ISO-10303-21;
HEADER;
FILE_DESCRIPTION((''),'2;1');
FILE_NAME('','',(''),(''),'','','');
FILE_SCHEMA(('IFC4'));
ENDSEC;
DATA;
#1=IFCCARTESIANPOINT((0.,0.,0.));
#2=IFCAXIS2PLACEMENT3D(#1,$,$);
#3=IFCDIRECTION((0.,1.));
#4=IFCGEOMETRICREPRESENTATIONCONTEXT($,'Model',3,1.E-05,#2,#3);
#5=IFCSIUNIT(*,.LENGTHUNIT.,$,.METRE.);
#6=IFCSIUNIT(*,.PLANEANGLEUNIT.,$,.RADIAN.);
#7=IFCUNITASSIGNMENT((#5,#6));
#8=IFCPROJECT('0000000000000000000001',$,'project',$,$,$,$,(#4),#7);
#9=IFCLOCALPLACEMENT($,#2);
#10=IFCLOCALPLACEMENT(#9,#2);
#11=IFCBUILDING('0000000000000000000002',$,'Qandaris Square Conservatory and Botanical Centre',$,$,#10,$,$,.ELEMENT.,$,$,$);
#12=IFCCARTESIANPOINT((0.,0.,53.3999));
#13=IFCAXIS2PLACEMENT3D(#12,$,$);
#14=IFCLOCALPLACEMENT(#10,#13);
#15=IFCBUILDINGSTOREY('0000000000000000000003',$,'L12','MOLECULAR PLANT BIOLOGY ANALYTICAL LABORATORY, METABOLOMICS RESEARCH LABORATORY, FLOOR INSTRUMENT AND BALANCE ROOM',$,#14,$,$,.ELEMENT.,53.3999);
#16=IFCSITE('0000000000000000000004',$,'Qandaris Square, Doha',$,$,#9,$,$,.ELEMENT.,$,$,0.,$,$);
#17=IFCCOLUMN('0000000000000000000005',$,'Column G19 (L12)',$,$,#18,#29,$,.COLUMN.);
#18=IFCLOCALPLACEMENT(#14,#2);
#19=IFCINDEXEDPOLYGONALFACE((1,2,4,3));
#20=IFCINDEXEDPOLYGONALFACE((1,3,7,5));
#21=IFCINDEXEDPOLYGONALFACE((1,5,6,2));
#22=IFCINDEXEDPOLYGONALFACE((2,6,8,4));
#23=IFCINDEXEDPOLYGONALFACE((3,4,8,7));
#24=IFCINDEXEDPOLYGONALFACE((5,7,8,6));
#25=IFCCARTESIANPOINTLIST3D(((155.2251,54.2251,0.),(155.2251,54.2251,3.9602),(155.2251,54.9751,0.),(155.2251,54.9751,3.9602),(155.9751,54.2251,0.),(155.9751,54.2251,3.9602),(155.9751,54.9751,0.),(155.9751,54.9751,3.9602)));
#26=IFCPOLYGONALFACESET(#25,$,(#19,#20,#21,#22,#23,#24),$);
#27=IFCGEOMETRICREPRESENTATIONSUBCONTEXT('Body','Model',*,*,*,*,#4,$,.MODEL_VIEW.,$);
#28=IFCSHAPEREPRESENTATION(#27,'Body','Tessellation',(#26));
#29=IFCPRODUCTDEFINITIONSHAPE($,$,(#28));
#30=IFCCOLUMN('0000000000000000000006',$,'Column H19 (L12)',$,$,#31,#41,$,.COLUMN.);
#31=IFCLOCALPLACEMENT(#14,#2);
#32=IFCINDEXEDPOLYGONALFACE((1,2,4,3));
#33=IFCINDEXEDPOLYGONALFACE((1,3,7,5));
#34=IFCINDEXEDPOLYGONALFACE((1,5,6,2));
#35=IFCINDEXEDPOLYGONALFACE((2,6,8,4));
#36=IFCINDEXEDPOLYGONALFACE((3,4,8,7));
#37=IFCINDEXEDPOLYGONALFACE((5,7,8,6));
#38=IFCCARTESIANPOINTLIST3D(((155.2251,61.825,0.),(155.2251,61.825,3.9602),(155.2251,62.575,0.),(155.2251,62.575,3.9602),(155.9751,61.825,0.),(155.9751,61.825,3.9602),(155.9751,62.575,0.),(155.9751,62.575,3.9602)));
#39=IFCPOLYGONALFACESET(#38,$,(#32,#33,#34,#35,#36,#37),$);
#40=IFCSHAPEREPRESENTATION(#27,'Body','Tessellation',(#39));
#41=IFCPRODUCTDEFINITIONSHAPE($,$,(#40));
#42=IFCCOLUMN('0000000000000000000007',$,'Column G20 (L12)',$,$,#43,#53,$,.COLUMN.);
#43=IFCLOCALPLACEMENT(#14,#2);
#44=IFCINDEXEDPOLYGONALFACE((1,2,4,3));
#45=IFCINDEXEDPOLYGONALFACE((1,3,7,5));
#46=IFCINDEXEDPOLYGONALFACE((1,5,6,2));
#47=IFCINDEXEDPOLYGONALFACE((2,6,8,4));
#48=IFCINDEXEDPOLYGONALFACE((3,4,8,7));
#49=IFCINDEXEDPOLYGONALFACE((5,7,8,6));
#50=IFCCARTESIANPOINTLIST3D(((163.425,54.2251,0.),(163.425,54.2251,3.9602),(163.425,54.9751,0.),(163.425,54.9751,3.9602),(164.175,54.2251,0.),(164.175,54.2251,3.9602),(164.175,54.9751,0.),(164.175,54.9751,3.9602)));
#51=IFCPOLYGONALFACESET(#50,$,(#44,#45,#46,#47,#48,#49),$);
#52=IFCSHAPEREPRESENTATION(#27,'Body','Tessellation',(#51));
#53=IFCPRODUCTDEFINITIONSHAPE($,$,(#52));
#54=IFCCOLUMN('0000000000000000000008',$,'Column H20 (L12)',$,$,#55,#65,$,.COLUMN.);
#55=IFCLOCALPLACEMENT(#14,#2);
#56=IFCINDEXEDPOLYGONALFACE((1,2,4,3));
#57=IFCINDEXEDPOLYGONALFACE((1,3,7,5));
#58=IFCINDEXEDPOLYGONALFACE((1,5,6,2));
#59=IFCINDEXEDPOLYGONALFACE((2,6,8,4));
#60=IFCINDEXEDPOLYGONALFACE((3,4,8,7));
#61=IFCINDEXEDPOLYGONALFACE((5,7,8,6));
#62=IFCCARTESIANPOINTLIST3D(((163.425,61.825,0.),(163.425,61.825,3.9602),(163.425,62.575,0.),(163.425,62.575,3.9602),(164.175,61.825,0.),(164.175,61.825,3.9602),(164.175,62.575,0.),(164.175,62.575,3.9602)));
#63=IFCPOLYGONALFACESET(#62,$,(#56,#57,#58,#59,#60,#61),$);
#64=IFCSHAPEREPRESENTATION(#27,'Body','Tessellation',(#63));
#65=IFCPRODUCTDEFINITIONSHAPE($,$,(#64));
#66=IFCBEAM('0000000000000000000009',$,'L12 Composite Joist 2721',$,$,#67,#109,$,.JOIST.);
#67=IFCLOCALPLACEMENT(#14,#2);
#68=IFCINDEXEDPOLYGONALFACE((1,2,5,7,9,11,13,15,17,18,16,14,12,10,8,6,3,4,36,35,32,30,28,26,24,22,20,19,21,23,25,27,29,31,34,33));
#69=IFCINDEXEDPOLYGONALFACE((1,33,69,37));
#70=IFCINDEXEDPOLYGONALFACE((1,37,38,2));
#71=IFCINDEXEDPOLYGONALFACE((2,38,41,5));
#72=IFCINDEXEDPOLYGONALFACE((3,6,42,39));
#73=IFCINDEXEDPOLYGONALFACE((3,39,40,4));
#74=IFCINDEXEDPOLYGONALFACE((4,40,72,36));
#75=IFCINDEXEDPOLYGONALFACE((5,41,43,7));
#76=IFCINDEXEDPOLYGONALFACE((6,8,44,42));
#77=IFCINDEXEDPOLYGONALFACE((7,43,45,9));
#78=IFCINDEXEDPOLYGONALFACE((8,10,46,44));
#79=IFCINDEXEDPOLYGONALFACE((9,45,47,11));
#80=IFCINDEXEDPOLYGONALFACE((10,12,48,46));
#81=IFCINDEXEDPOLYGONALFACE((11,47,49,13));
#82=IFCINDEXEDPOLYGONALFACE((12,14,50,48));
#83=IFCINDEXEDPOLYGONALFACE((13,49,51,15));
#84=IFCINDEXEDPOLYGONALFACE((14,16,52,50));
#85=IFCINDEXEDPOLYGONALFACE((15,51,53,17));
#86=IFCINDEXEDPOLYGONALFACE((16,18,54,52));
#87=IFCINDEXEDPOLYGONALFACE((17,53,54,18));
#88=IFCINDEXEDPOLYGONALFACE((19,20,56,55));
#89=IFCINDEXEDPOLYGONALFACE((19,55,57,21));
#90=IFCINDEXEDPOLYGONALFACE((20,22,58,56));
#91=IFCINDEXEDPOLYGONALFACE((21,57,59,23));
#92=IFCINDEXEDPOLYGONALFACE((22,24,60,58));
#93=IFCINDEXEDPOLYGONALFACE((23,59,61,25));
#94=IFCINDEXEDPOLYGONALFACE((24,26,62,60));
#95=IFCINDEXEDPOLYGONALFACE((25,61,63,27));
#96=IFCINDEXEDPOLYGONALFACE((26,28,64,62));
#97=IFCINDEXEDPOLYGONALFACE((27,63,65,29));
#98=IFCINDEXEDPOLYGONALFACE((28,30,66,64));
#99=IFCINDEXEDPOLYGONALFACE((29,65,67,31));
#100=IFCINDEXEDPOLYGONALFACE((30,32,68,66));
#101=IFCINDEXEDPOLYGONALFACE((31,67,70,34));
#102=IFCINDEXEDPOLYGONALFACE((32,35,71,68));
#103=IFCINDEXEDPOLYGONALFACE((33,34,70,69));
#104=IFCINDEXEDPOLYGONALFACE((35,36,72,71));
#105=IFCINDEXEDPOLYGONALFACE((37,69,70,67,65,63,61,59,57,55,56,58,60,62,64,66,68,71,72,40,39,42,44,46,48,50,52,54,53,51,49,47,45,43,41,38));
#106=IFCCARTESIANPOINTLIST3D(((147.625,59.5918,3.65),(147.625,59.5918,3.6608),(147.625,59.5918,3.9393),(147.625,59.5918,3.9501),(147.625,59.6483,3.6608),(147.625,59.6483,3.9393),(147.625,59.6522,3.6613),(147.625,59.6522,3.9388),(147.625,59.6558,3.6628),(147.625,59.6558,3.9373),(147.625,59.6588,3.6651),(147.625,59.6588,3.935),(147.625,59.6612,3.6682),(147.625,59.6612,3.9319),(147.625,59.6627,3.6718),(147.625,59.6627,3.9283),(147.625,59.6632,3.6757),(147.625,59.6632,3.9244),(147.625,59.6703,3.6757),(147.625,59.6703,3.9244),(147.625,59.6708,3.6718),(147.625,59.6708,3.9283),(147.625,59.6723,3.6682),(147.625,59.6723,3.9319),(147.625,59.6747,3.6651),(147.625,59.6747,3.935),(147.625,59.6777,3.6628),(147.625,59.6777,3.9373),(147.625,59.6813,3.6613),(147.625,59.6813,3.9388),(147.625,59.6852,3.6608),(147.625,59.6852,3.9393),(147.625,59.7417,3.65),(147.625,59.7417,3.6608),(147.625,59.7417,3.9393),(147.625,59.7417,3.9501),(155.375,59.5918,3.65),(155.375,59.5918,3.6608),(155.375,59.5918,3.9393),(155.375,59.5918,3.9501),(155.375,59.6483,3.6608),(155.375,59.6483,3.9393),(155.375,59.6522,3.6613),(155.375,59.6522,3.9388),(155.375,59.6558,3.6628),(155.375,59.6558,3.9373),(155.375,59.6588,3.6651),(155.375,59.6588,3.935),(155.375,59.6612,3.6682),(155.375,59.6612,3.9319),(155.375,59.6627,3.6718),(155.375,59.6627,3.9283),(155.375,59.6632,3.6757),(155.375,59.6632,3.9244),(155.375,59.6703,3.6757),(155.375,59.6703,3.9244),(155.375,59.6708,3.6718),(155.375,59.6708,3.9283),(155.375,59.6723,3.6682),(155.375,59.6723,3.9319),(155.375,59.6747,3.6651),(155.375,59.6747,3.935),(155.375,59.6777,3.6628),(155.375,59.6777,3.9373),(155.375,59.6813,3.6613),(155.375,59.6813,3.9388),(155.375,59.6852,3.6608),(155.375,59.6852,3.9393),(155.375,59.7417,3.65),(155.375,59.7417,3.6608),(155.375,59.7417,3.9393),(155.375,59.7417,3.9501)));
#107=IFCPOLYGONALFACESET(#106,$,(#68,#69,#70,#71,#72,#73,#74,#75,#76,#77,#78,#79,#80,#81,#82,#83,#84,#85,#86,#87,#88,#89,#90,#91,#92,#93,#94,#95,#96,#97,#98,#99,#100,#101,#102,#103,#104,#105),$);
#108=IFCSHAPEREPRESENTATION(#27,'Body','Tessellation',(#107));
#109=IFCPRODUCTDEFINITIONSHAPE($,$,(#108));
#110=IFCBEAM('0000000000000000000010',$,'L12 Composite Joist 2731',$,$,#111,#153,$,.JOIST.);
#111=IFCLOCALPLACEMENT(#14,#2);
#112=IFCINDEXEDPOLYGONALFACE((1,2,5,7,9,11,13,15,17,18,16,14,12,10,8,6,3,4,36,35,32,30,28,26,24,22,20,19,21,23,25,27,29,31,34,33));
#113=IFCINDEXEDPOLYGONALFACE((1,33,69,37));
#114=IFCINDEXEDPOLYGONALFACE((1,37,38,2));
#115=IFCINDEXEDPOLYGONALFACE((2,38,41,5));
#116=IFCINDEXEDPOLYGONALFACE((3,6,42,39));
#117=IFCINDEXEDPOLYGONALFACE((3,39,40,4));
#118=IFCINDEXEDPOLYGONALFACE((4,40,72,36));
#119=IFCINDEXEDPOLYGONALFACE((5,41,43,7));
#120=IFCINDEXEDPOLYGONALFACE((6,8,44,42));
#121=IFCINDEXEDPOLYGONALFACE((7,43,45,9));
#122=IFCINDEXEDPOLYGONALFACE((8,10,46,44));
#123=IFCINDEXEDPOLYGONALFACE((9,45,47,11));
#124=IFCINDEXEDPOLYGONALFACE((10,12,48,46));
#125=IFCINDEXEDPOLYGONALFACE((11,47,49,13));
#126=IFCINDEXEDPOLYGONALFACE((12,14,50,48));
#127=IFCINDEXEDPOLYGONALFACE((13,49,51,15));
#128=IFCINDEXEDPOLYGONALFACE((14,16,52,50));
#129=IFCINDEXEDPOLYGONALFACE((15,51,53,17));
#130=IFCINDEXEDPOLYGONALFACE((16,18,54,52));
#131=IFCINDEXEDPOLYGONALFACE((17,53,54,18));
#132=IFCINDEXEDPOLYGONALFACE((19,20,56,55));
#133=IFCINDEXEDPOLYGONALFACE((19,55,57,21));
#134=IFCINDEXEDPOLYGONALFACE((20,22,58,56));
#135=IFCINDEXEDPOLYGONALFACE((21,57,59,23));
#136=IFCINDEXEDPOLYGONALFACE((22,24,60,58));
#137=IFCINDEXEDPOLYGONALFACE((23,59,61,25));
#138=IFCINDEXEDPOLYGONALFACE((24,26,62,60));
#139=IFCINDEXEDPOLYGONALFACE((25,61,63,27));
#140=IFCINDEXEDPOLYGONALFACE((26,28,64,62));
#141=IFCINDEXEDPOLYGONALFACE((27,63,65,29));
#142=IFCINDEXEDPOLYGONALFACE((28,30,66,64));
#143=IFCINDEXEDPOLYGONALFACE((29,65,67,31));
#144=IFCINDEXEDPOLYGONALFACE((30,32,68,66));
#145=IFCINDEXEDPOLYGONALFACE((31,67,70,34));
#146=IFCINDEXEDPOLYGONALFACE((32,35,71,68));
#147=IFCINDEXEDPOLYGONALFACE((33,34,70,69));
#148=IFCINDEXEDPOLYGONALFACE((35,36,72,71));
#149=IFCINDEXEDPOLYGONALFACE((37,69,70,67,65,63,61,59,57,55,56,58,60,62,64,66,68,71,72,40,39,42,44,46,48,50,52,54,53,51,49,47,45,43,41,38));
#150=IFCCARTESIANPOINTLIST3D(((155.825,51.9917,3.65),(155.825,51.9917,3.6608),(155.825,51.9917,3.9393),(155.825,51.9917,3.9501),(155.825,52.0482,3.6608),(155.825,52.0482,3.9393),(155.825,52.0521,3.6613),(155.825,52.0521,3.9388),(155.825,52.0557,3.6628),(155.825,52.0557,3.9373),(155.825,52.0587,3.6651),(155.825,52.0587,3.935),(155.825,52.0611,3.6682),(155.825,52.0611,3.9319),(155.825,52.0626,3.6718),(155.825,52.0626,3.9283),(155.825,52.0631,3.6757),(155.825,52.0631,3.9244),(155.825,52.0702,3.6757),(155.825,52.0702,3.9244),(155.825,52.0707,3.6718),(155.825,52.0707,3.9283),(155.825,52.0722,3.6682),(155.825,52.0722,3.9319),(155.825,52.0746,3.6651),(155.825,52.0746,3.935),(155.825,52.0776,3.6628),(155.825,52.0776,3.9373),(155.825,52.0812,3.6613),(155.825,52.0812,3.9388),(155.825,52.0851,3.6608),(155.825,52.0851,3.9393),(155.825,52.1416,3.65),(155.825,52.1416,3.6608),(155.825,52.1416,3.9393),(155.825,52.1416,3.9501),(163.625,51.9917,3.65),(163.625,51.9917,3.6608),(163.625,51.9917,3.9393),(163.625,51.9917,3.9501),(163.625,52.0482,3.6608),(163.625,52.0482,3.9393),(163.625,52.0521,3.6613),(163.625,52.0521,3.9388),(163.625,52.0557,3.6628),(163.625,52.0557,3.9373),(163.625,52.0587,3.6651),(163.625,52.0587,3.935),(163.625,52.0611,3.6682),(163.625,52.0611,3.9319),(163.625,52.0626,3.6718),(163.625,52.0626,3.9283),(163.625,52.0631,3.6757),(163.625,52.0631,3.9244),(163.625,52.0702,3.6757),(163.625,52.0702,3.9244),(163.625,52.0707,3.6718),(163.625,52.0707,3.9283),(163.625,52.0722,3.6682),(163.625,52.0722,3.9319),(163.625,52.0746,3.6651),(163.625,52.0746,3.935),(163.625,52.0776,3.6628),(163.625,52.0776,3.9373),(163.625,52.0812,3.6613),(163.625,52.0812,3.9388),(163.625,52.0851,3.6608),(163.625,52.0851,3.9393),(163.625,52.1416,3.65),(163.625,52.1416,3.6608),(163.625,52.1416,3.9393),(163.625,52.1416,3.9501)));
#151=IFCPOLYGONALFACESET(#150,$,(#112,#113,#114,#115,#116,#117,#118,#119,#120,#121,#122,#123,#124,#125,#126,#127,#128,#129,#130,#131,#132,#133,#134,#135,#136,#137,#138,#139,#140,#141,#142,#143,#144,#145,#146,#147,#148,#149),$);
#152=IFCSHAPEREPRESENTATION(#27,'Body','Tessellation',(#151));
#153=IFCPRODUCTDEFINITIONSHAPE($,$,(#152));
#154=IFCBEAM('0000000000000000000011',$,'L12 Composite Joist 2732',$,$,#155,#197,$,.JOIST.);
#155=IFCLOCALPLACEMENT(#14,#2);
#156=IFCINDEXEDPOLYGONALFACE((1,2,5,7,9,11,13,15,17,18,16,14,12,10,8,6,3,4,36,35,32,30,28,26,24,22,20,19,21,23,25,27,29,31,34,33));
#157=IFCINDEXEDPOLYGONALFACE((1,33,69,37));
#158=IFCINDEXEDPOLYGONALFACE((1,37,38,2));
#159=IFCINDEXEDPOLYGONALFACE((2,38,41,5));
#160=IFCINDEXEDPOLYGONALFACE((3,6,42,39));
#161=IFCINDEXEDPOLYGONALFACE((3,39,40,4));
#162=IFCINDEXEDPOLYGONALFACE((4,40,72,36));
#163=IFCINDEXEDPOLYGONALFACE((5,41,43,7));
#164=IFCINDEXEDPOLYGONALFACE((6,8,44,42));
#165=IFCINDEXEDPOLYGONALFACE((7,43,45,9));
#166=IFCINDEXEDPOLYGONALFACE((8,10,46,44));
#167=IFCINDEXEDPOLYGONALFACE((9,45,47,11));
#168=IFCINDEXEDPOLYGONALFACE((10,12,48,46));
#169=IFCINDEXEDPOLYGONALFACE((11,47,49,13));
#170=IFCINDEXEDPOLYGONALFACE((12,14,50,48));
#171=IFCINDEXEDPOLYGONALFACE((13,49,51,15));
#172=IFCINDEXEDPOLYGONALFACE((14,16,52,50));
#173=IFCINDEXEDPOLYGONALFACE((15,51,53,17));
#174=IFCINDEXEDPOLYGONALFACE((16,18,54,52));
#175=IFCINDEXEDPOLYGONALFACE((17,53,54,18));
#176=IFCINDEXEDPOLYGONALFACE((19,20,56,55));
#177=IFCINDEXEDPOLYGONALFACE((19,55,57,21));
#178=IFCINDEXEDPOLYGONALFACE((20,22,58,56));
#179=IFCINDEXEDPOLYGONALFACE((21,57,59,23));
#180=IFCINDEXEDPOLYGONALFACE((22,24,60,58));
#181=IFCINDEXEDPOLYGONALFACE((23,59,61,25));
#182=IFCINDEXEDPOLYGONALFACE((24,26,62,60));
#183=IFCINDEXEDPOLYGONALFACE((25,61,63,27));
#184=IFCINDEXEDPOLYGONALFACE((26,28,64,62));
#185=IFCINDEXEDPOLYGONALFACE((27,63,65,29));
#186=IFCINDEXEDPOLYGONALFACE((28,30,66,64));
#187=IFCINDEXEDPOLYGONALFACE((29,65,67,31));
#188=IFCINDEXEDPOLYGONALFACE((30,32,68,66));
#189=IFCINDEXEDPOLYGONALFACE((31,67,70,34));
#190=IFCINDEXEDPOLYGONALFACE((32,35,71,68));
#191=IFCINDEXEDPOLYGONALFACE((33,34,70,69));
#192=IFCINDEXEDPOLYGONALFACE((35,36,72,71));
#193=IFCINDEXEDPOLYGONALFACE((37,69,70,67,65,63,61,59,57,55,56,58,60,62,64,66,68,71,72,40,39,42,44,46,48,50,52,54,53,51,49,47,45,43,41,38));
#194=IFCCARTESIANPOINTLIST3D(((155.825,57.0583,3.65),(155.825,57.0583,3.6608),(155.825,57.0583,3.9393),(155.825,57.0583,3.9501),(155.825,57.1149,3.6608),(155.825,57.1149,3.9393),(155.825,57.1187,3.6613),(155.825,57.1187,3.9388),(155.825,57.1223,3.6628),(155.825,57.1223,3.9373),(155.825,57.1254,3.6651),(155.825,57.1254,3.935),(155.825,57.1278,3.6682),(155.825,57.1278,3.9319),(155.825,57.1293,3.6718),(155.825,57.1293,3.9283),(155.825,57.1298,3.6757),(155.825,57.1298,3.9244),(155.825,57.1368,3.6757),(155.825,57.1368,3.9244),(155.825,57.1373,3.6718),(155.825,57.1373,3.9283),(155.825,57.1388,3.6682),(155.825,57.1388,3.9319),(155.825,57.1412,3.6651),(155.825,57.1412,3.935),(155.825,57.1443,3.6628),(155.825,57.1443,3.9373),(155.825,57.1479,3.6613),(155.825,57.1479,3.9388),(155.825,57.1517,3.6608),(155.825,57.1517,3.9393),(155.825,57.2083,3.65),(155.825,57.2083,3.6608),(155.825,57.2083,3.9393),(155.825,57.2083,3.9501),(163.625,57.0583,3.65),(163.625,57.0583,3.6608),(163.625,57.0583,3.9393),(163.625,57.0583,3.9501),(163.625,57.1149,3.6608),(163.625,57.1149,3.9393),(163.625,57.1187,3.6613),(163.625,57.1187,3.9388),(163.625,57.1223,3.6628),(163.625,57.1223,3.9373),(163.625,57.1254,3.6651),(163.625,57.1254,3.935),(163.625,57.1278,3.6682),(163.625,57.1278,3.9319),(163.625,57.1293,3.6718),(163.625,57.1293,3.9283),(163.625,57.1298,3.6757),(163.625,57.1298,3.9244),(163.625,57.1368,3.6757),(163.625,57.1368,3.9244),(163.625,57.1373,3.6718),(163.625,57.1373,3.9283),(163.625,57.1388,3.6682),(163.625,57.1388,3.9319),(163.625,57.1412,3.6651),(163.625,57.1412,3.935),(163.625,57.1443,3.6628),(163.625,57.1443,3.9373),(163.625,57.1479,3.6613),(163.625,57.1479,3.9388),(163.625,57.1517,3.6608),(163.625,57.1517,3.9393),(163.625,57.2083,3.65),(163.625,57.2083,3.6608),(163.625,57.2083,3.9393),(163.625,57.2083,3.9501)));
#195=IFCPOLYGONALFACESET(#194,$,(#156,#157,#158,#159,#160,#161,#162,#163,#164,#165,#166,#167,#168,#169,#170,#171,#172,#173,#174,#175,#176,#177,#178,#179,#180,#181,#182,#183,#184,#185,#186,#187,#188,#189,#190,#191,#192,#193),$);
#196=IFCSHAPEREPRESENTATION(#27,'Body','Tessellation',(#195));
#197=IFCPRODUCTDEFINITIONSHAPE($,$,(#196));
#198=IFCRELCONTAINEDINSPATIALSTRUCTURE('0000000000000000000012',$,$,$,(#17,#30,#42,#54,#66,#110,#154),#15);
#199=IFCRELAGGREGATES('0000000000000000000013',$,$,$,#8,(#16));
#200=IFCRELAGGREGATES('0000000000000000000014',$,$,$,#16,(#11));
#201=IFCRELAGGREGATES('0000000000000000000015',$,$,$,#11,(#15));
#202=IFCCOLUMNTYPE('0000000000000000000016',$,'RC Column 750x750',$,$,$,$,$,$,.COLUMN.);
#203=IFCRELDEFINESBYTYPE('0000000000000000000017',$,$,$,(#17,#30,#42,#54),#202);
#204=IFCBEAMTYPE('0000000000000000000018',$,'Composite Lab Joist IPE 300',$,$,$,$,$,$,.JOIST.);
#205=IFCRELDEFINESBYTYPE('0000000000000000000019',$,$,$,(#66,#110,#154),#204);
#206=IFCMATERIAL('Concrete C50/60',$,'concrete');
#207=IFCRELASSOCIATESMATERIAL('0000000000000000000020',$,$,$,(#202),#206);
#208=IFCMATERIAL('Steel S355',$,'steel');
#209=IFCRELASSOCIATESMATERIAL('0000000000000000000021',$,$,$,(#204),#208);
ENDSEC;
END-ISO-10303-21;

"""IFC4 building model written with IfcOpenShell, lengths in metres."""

from ifc_helpers import new_model, si_unit, direction, frame, origin, origin_2d, place, context, subcontext, project, spatial, rectangle, i_section, extrude, material, material_profile, profile_set, type_object, element, save


model = new_model("IFC4")

# Units and contexts
model_context = context("Model", 3, precision=1e-05, world=origin(), true_north=direction((0.0, 1.0)))
body_context = subcontext(model_context, "Body", "Model", "MODEL_VIEW")
ifc_project = project(units=[si_unit("LENGTHUNIT", "METRE"), si_unit("PLANEANGLEUNIT", "RADIAN")], contexts=[model_context])

# Site, building, storey
site_placement = place(None, origin())
site = spatial("IfcSite", under=ifc_project, at=site_placement, Name="Qandaris Square, Doha", CompositionType="ELEMENT", RefElevation=0.0)
building_placement = place(site_placement, origin())
building = spatial("IfcBuilding", under=site, at=building_placement, Name="Qandaris Square Conservatory and Botanical Centre", CompositionType="ELEMENT")
storey_placement = place(building_placement, frame((0.0, 0.0, 53.3999)))
storey = spatial("IfcBuildingStorey", under=building, at=storey_placement, Name="L12", Description="MOLECULAR PLANT BIOLOGY ANALYTICAL LABORATORY, METABOLOMICS RESEARCH LABORATORY, FLOOR INSTRUMENT AND BALANCE ROOM", CompositionType="ELEMENT", Elevation=53.3999)

# Columns
ifc_material_1 = material(Name="Concrete C50/60", Category="concrete")
ifc_material_profile_1 = material_profile(ifc_material_1, rectangle(XDim=0.75, YDim=0.75, at=origin_2d()), Name="RC-COL 750x750")
ifc_profile_set_1 = profile_set([ifc_material_profile_1], Name="Concrete C50/60")
column_type = type_object("IfcColumnType", Name="RC Column 750x750", PredefinedType="COLUMN", material=ifc_profile_set_1)
for number, where, z_axis, x_axis, name in (
    (1, (155.6001, 54.6001, 0.0), (0.0, 0.0, 1.0), (1.0, 0.0, 0.0), "Column G19 (L12)"),
    (2, (155.6001, 62.2, 0.0), (0.0, 0.0, 1.0), (1.0, 0.0, 0.0), "Column H19 (L12)"),
    (3, (163.8, 54.6001, 0.0), (0.0, 0.0, 1.0), (1.0, 0.0, 0.0), "Column G20 (L12)"),
    (4, (163.8, 62.2, 0.0), (0.0, 0.0, 1.0), (1.0, 0.0, 0.0), "Column H20 (L12)"),
):
    element("IfcColumn", number, at=place(storey_placement, frame(where, z_axis=z_axis, x_axis=x_axis)), inside=storey, type_object=column_type, Name=name, PredefinedType="COLUMN", context=body_context, shape_type="SweptSolid", body=[
        extrude(rectangle(XDim=0.75, YDim=0.75, at=origin_2d()), origin(), (0.0, 0.0, 1.0), 3.9602),
    ])

# Beams
ifc_material_2 = material(Name="Steel S355", Category="steel")
ifc_material_profile_2 = material_profile(ifc_material_2, i_section(OverallWidth=0.1499, OverallDepth=0.3, WebThickness=0.0071, FlangeThickness=0.0107, FilletRadius=0.0149, at=origin_2d()), Name="IPE 300")
ifc_profile_set_2 = profile_set([ifc_material_profile_2], Name="Steel S355")
beam_type_1 = type_object("IfcBeamType", Name="Composite Lab Joist IPE 300", PredefinedType="JOIST", material=ifc_profile_set_2)
beam_1_placement = place(storey_placement, frame((147.625, 59.6667, 3.8), z_axis=(1.0, 0.0, 0.0), x_axis=(0.0, 1.0, 0.0)))
element("IfcBeam", 5, at=beam_1_placement, inside=storey, type_object=beam_type_1, Name="L12 Composite Joist 2721", PredefinedType="JOIST", context=body_context, shape_type="SweptSolid", body=[
    extrude(i_section(OverallWidth=0.1499, OverallDepth=0.3, WebThickness=0.0071, FlangeThickness=0.0107, FilletRadius=0.0149, at=origin_2d()), origin(), (0.0, 0.0, 1.0), 7.75),
])
for number, where, z_axis, x_axis, name in (
    (6, (155.825, 52.0667, 3.8), (1.0, 0.0, 0.0), (0.0, 1.0, 0.0), "L12 Composite Joist 2731"),
    (7, (155.825, 57.1333, 3.8), (1.0, 0.0, 0.0), (0.0, 1.0, 0.0), "L12 Composite Joist 2732"),
):
    element("IfcBeam", number, at=place(storey_placement, frame(where, z_axis=z_axis, x_axis=x_axis)), inside=storey, type_object=beam_type_1, Name=name, PredefinedType="JOIST", context=body_context, shape_type="SweptSolid", body=[
        extrude(i_section(OverallWidth=0.1499, OverallDepth=0.3, WebThickness=0.0071, FlangeThickness=0.0107, FilletRadius=0.0149, at=origin_2d()), origin(), (0.0, 0.0, 1.0), 7.8),
    ])

save(model, "model.ifc")
